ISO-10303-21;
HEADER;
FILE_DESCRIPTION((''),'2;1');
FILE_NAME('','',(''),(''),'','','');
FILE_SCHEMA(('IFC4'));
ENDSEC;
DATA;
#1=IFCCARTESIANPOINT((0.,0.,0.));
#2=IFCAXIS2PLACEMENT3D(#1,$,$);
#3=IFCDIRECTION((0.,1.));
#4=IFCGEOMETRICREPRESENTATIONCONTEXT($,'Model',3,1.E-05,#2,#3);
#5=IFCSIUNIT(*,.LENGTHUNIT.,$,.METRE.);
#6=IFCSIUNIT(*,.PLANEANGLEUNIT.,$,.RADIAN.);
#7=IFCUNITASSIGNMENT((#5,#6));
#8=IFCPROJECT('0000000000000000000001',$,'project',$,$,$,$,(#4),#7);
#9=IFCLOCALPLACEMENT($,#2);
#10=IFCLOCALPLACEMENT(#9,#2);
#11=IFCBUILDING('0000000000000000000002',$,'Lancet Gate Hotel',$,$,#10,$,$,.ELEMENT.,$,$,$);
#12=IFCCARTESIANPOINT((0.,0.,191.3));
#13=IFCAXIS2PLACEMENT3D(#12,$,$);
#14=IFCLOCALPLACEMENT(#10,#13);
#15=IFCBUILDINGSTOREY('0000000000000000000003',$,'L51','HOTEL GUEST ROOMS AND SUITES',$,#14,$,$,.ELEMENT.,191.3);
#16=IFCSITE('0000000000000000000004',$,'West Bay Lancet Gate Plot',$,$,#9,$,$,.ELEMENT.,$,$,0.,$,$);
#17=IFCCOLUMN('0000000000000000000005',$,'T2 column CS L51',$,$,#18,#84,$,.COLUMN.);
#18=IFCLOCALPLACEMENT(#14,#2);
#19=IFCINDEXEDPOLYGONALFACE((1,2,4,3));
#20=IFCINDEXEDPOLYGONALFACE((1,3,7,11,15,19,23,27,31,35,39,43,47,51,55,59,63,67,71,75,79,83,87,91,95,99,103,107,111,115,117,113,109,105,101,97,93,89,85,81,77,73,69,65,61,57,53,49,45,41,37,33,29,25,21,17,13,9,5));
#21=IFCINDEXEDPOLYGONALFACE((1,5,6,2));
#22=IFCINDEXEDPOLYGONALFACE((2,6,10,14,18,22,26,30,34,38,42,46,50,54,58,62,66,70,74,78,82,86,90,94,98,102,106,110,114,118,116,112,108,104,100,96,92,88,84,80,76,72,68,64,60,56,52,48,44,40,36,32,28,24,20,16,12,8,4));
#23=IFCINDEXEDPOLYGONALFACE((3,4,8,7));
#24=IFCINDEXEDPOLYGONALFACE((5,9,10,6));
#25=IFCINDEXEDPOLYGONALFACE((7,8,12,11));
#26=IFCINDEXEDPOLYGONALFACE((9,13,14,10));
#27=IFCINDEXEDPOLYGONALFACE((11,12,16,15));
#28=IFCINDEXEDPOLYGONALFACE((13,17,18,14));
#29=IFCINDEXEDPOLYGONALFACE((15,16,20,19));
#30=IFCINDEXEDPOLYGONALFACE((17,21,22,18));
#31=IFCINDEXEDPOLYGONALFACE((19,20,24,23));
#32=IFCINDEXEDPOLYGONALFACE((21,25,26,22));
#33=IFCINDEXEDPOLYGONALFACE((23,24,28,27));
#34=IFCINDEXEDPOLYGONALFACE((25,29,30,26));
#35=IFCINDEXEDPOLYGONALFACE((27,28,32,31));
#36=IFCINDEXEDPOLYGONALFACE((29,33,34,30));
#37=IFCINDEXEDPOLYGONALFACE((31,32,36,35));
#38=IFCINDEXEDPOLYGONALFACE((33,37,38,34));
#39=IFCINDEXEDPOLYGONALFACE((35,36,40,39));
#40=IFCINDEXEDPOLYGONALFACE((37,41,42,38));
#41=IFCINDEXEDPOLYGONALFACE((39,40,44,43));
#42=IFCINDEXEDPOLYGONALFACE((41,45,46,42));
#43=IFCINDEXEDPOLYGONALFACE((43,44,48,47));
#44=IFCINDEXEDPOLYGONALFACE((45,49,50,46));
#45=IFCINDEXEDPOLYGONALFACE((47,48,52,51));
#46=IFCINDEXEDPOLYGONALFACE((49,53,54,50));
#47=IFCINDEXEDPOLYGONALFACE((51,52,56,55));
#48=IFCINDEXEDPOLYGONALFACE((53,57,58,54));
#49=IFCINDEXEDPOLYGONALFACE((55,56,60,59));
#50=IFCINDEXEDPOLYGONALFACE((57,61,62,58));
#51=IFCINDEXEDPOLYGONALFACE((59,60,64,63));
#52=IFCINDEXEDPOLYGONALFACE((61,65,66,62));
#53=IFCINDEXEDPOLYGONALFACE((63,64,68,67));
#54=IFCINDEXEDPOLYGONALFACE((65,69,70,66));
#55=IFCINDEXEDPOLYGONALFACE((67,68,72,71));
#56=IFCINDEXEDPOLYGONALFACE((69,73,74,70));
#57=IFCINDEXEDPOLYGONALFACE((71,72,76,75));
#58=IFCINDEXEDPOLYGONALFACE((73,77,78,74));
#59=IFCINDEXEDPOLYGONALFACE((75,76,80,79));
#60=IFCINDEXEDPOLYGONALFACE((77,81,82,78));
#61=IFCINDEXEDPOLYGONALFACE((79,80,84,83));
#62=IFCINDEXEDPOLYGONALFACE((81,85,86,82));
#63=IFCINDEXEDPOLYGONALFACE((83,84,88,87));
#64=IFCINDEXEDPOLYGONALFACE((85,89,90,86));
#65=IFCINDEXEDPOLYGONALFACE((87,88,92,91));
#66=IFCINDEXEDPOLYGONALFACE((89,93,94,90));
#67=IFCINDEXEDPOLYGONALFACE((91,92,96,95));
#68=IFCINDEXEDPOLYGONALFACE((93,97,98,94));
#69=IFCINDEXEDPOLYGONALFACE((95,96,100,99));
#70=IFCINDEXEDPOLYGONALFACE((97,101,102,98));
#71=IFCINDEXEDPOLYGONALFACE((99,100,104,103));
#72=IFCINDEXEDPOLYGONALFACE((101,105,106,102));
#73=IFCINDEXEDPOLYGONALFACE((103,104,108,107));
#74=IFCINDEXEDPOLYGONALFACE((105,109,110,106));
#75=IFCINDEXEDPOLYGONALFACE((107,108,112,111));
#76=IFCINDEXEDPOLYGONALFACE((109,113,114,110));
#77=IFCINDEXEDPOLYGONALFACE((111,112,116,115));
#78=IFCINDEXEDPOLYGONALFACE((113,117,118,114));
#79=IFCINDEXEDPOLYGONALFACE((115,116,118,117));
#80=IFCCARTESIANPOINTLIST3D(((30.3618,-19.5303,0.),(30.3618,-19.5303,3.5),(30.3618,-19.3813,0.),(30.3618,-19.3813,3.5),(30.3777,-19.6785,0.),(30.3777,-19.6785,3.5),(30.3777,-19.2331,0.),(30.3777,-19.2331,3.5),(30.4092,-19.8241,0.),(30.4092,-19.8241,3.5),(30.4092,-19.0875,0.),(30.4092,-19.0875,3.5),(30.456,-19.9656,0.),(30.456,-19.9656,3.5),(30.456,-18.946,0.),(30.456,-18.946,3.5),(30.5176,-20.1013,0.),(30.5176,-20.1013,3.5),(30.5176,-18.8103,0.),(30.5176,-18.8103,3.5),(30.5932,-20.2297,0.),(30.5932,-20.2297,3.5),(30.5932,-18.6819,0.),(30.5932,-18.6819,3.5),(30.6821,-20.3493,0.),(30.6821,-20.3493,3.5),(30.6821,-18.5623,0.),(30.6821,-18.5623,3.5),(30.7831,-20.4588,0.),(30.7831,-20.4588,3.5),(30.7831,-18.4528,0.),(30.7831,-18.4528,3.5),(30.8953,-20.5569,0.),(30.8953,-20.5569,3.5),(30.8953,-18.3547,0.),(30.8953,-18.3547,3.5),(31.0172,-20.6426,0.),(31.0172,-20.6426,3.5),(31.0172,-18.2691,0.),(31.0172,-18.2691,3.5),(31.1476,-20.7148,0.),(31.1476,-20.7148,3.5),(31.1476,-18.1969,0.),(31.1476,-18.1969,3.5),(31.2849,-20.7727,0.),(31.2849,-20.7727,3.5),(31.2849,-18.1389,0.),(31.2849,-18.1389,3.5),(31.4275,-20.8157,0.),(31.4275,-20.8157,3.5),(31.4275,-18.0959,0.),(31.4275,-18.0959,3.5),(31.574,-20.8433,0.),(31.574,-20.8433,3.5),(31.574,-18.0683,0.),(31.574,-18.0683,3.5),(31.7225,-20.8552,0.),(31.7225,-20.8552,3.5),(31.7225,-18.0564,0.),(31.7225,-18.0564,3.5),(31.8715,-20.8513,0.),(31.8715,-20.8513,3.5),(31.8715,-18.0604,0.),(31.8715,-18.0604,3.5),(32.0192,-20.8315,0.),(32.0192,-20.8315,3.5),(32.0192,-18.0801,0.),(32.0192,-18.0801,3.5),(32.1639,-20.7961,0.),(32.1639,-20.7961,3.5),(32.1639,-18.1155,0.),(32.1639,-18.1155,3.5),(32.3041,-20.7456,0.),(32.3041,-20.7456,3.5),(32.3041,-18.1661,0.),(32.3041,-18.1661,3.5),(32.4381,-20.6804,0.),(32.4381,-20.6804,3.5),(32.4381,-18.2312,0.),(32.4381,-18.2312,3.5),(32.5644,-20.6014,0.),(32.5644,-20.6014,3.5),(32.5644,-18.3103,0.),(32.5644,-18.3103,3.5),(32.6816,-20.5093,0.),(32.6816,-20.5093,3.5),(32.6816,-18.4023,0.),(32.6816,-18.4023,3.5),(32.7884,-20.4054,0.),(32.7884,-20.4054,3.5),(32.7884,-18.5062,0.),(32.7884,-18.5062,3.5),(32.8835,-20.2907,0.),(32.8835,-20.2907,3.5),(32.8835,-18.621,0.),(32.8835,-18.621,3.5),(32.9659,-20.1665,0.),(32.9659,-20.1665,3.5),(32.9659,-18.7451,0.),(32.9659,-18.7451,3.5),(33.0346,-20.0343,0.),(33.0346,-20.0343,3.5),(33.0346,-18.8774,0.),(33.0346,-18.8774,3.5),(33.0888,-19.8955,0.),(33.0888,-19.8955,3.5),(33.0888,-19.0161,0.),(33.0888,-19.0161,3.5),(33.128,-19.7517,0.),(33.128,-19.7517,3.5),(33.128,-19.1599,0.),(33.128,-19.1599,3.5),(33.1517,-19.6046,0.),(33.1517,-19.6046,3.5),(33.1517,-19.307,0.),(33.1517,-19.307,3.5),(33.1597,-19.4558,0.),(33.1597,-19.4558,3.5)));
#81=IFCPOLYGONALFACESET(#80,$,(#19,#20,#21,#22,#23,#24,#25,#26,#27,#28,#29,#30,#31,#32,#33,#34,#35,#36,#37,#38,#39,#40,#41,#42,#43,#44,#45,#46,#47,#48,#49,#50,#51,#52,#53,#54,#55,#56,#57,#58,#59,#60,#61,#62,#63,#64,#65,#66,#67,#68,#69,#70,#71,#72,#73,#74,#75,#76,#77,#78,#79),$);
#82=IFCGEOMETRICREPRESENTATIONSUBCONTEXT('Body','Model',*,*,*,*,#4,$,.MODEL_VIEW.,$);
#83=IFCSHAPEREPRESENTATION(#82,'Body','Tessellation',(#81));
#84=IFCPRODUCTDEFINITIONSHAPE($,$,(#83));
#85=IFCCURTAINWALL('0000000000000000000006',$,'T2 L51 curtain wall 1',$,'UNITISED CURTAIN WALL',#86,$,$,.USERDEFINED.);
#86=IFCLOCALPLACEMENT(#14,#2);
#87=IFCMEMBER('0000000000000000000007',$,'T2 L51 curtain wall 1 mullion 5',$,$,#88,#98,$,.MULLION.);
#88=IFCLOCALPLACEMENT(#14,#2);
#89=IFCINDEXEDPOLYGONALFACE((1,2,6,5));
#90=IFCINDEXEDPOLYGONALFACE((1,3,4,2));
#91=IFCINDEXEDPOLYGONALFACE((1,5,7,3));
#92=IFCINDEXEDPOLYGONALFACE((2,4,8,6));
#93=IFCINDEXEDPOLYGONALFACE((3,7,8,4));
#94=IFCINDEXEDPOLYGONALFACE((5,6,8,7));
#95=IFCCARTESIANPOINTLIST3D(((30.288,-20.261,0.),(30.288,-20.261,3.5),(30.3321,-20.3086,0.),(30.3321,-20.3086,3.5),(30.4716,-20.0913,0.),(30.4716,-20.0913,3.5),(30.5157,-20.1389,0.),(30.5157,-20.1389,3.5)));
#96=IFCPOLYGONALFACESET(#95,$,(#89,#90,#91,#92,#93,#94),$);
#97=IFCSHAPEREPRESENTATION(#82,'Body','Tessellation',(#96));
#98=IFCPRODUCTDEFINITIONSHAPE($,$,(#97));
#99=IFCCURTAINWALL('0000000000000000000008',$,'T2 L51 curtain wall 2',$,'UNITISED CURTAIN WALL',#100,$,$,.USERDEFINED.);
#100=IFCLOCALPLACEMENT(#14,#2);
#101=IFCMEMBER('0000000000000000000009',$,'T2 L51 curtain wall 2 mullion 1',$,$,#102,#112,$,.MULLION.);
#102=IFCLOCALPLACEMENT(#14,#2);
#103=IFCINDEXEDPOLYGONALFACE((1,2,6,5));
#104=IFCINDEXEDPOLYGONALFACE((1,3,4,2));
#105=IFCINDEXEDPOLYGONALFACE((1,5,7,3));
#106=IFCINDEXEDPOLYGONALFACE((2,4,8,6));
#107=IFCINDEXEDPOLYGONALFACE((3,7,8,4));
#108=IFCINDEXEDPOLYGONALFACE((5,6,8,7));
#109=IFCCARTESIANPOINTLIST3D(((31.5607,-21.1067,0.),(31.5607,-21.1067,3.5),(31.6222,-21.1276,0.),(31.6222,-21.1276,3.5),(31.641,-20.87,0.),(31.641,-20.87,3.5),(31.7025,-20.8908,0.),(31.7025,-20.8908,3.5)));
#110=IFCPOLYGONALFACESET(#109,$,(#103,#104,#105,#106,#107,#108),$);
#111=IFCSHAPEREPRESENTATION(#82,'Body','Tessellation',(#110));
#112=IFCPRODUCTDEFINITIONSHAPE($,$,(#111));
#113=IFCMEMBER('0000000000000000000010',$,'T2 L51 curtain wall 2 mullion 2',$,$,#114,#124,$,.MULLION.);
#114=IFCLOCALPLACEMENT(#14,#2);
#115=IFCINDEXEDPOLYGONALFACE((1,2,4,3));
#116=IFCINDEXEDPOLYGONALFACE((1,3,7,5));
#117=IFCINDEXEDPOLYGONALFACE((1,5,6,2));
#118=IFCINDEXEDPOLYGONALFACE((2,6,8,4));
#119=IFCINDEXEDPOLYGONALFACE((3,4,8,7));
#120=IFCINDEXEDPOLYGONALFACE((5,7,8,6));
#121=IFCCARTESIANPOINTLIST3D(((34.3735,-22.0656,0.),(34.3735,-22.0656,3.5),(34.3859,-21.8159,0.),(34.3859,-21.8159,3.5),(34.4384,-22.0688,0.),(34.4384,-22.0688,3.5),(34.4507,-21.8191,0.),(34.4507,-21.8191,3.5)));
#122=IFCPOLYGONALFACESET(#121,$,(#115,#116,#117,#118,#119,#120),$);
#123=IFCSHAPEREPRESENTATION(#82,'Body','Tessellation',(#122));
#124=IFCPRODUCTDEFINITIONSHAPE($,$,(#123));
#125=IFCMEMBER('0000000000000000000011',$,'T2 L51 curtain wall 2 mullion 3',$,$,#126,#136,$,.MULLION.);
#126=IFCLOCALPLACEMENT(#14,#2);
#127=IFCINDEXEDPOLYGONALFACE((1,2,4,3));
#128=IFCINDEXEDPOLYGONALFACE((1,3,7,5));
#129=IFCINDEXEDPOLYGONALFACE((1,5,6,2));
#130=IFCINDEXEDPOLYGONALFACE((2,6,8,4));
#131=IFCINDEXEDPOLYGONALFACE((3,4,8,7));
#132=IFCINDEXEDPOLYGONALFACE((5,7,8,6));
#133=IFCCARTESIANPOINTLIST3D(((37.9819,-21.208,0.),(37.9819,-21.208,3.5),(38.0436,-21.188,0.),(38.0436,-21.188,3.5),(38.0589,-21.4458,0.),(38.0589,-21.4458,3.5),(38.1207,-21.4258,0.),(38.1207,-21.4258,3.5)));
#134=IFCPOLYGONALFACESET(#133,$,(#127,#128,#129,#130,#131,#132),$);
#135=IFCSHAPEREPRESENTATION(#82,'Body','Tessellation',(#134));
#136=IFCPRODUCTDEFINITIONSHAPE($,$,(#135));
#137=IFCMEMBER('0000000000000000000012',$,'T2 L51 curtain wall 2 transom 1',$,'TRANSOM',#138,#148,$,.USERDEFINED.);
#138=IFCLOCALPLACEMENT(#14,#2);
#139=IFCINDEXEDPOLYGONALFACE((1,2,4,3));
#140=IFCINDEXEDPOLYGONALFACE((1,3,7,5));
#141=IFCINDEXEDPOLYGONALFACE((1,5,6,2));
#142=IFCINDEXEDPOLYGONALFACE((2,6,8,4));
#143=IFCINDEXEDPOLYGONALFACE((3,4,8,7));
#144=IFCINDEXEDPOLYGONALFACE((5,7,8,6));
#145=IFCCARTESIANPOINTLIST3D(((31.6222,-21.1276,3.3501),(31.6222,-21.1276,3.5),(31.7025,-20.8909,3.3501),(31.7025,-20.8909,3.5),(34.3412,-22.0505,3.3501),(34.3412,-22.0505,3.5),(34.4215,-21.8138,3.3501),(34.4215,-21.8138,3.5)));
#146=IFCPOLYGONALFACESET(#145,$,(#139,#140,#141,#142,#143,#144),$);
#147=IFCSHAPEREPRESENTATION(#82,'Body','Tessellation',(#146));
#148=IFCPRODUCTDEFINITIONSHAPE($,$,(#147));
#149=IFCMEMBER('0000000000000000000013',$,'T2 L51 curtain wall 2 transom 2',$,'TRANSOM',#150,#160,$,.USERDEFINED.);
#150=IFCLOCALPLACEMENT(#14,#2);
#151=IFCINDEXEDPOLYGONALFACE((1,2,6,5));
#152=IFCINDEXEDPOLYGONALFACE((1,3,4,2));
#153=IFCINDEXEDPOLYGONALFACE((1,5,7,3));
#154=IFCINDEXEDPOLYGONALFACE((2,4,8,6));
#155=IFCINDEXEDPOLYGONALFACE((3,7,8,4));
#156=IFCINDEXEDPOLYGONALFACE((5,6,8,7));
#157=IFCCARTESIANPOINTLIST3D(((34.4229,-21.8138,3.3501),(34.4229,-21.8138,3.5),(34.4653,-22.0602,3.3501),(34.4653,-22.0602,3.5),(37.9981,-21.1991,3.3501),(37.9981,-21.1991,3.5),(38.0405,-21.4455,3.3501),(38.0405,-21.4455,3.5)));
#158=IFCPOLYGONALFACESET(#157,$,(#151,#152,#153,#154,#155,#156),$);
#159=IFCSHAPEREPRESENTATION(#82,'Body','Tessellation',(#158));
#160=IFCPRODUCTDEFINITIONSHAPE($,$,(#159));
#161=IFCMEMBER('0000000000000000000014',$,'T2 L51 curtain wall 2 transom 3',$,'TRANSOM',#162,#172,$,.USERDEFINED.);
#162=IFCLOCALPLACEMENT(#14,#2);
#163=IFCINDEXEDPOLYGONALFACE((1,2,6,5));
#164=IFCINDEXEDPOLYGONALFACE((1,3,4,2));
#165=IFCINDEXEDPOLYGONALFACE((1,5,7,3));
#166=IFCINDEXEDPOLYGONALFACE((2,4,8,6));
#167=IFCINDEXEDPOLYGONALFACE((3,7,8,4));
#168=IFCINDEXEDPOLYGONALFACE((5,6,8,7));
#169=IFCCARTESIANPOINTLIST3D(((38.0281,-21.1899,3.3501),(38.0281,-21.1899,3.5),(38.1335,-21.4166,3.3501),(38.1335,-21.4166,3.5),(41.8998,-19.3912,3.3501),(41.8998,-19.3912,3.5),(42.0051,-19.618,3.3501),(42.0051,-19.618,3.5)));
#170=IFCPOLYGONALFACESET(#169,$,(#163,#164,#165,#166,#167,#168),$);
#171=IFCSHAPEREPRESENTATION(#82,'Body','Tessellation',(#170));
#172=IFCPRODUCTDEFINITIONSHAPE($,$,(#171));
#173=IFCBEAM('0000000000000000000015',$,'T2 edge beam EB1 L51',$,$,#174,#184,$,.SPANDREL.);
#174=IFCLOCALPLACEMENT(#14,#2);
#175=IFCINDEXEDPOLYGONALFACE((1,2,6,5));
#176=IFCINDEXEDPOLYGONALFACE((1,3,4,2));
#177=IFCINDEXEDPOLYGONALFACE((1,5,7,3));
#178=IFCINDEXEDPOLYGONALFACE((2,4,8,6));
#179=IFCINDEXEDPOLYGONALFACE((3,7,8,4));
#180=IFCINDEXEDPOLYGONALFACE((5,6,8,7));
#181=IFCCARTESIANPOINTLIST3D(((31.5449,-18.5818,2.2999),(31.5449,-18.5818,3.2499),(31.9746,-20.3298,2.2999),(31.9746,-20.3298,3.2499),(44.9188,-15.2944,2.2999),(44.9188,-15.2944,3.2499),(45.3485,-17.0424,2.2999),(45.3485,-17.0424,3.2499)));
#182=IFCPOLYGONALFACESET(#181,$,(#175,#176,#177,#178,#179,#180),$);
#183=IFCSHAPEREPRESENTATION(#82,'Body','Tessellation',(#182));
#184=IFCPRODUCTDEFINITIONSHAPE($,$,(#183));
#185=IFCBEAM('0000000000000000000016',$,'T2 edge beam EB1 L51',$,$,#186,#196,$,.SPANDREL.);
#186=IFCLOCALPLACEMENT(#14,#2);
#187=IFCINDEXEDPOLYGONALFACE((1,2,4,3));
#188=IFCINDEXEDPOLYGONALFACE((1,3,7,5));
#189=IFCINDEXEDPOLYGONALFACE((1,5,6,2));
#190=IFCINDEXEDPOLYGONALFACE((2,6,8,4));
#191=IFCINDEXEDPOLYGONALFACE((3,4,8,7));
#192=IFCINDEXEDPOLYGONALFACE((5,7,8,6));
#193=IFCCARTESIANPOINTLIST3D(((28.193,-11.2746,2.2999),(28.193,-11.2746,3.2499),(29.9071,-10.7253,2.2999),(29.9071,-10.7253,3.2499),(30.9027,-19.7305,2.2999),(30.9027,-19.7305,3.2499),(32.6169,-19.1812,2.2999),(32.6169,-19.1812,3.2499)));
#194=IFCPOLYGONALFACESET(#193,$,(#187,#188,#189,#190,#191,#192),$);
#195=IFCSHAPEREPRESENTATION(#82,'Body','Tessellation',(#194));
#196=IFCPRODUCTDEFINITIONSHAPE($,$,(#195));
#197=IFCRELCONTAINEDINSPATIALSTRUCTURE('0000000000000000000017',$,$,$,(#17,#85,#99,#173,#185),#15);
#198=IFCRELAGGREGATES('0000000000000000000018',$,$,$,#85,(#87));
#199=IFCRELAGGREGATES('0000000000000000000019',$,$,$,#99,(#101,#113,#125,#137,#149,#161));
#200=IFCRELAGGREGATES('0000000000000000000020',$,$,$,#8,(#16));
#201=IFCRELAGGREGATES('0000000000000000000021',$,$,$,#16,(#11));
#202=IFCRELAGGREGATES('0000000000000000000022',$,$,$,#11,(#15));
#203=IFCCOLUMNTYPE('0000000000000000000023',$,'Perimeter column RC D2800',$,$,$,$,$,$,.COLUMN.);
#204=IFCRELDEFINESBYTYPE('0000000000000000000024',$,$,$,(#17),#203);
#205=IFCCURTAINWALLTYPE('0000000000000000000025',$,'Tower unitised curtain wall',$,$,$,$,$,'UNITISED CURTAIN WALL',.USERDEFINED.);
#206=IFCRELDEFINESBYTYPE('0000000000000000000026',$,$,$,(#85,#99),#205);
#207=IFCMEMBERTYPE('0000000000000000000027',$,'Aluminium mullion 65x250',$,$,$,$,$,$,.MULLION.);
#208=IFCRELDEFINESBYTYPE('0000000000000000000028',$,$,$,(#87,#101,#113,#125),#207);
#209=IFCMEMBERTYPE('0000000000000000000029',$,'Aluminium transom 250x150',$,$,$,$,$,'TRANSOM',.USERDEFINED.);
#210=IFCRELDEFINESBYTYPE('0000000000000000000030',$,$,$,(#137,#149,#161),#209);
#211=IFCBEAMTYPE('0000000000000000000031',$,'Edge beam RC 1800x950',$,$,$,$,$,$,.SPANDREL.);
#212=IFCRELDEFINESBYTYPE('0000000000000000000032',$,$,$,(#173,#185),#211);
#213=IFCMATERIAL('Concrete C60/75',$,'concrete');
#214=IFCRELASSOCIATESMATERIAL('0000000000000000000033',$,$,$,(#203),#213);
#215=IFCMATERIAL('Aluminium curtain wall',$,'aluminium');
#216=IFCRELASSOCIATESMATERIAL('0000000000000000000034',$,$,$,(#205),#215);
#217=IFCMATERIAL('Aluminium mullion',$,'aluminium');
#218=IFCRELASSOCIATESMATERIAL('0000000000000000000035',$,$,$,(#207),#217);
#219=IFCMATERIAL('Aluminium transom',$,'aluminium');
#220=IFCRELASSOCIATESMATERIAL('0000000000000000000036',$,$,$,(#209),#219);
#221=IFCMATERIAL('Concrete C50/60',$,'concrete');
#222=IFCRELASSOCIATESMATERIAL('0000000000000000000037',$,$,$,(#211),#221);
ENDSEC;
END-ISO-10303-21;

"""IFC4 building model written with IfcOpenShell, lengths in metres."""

from ifc_helpers import new_model, si_unit, direction, frame, origin, origin_2d, place, context, subcontext, project, spatial, rectangle, circle, extrude, material, material_profile, profile_set, type_object, element, aggregate, save


model = new_model("IFC4")

# Units and contexts
model_context = context("Model", 3, precision=1e-05, world=origin(), true_north=direction((0.0, 1.0)))
body_context = subcontext(model_context, "Body", "Model", "MODEL_VIEW")
ifc_project = project(units=[si_unit("LENGTHUNIT", "METRE"), si_unit("PLANEANGLEUNIT", "RADIAN")], contexts=[model_context])

# Site, building, storey
site_placement = place(None, origin())
site = spatial("IfcSite", under=ifc_project, at=site_placement, Name="West Bay Lancet Gate Plot", CompositionType="ELEMENT", RefElevation=0.0)
building_placement = place(site_placement, origin())
building = spatial("IfcBuilding", under=site, at=building_placement, Name="Lancet Gate Hotel", CompositionType="ELEMENT")
storey_placement = place(building_placement, frame((0.0, 0.0, 191.3)))
storey = spatial("IfcBuildingStorey", under=building, at=storey_placement, Name="L51", Description="HOTEL GUEST ROOMS AND SUITES", CompositionType="ELEMENT", Elevation=191.3)

# Column
ifc_material_1 = material(Name="Concrete C60/75", Category="concrete")
ifc_material_profile_1 = material_profile(ifc_material_1, circle(Radius=1.3999, at=origin_2d()), Name="RC D2800")
ifc_profile_set_1 = profile_set([ifc_material_profile_1], Name="Concrete C60/75")
column_type = type_object("IfcColumnType", Name="Perimeter column RC D2800", PredefinedType="COLUMN", material=ifc_profile_set_1)
column_placement = place(storey_placement, frame((31.7598, -19.4558, 0.0), z_axis=(0.0, 0.0, 1.0), x_axis=(1.0, 0.0, 0.0)))
element("IfcColumn", 1, at=column_placement, inside=storey, type_object=column_type, Name="T2 column CS L51", PredefinedType="COLUMN", context=body_context, shape_type="SweptSolid", body=[
    extrude(circle(Radius=1.3999, at=origin_2d()), origin(), (0.0, 0.0, 1.0), 3.5),
])

# Curtain wall, member
ifc_material_2 = material(Name="Aluminium curtain wall", Category="aluminium")
curtain_wall_type = type_object("IfcCurtainWallType", Name="Tower unitised curtain wall", ElementType="UNITISED CURTAIN WALL", PredefinedType="USERDEFINED", material=ifc_material_2)
curtain_wall_1_placement = place(storey_placement, origin())
curtain_wall_1 = element("IfcCurtainWall", 2, at=curtain_wall_1_placement, inside=storey, type_object=curtain_wall_type, Name="T2 L51 curtain wall 1", ObjectType="UNITISED CURTAIN WALL", PredefinedType="USERDEFINED")
ifc_material_3 = material(Name="Aluminium mullion", Category="aluminium")
ifc_material_profile_2 = material_profile(ifc_material_3, rectangle(XDim=0.0649, YDim=0.25, at=origin_2d()), Name="MULLION 65x250")
ifc_profile_set_2 = profile_set([ifc_material_profile_2], Name="Aluminium mullion")
member_type_1 = type_object("IfcMemberType", Name="Aluminium mullion 65x250", PredefinedType="MULLION", material=ifc_profile_set_2)
member_1_placement = place(storey_placement, frame((30.4019, -20.2, 0.0), z_axis=(0.0, 0.0, 1.0), x_axis=(0.678831, -0.734294, 0.0)))
member_1 = element("IfcMember", 3, at=member_1_placement, type_object=member_type_1, Name="T2 L51 curtain wall 1 mullion 5", PredefinedType="MULLION", context=body_context, shape_type="SweptSolid", body=[
    extrude(rectangle(XDim=0.0649, YDim=0.25, at=origin_2d()), origin(), (0.0, 0.0, 1.0), 3.5),
])
aggregate(curtain_wall_1, [member_1])

# Curtain wall, members
curtain_wall_2_placement = place(storey_placement, origin())
curtain_wall_2 = element("IfcCurtainWall", 4, at=curtain_wall_2_placement, inside=storey, type_object=curtain_wall_type, Name="T2 L51 curtain wall 2", ObjectType="UNITISED CURTAIN WALL", PredefinedType="USERDEFINED")
member_2_placement = place(storey_placement, frame((31.6316, -20.9988, 0.0), z_axis=(0.0, 0.0, 1.0), x_axis=(0.946952, -0.321374, 0.0)))
member_2 = element("IfcMember", 5, at=member_2_placement, type_object=member_type_1, Name="T2 L51 curtain wall 2 mullion 1", PredefinedType="MULLION", context=body_context, shape_type="SweptSolid", body=[
    extrude(rectangle(XDim=0.0649, YDim=0.25, at=origin_2d()), origin(), (0.0, 0.0, 1.0), 3.5),
])
member_3_placement = place(storey_placement, frame((34.4121, -21.9424, 0.0), z_axis=(0.0, 0.0, 1.0), x_axis=(0.998776, -0.049471, 0.0)))
member_3 = element("IfcMember", 6, at=member_3_placement, type_object=member_type_1, Name="T2 L51 curtain wall 2 mullion 2", PredefinedType="MULLION", context=body_context, shape_type="SweptSolid", body=[
    extrude(rectangle(XDim=0.0649, YDim=0.25, at=origin_2d()), origin(), (0.0, 0.0, 1.0), 3.5),
])
member_4_placement = place(storey_placement, frame((38.0513, -21.3169, 0.0), z_axis=(0.0, 0.0, 1.0), x_axis=(0.951355, 0.308095, 0.0)))
member_4 = element("IfcMember", 7, at=member_4_placement, type_object=member_type_1, Name="T2 L51 curtain wall 2 mullion 3", PredefinedType="MULLION", context=body_context, shape_type="SweptSolid", body=[
    extrude(rectangle(XDim=0.0649, YDim=0.25, at=origin_2d()), origin(), (0.0, 0.0, 1.0), 3.5),
])
ifc_material_4 = material(Name="Aluminium transom", Category="aluminium")
ifc_material_profile_3 = material_profile(ifc_material_4, rectangle(XDim=0.25, YDim=0.1499, at=origin_2d()), Name="TRANSOM 250x150")
ifc_profile_set_3 = profile_set([ifc_material_profile_3], Name="Aluminium transom")
member_type_2 = type_object("IfcMemberType", Name="Aluminium transom 250x150", ElementType="TRANSOM", PredefinedType="USERDEFINED", material=ifc_profile_set_3)
member_5_placement = place(storey_placement, frame((31.6624, -21.0093, 3.425), z_axis=(0.946943, -0.321401, 0.0), x_axis=(0.321401, 0.946943, 0.0)))
member_5 = element("IfcMember", 8, at=member_5_placement, type_object=member_type_2, Name="T2 L51 curtain wall 2 transom 1", ObjectType="TRANSOM", PredefinedType="USERDEFINED", context=body_context, shape_type="SweptSolid", body=[
    extrude(rectangle(XDim=0.25, YDim=0.1499, at=origin_2d()), origin(), (0.0, 0.0, 1.0), 2.8713),
])
member_6_placement = place(storey_placement, frame((34.4441, -21.937, 3.425), z_axis=(0.985537, 0.169461, 0.0), x_axis=(-0.169461, 0.985537, 0.0)))
member_6 = element("IfcMember", 9, at=member_6_placement, type_object=member_type_2, Name="T2 L51 curtain wall 2 transom 2", ObjectType="TRANSOM", PredefinedType="USERDEFINED", context=body_context, shape_type="SweptSolid", body=[
    extrude(rectangle(XDim=0.25, YDim=0.1499, at=origin_2d()), origin(), (0.0, 0.0, 1.0), 3.6277),
])
member_7_placement = place(storey_placement, frame((38.0808, -21.3032, 3.425), z_axis=(0.906914, 0.421316, 0.0), x_axis=(-0.421316, 0.906914, 0.0)))
member_7 = element("IfcMember", 10, at=member_7_placement, type_object=member_type_2, Name="T2 L51 curtain wall 2 transom 3", ObjectType="TRANSOM", PredefinedType="USERDEFINED", context=body_context, shape_type="SweptSolid", body=[
    extrude(rectangle(XDim=0.25, YDim=0.1499, at=origin_2d()), origin(), (0.0, 0.0, 1.0), 4.269),
])

# Beams
ifc_material_5 = material(Name="Concrete C50/60", Category="concrete")
ifc_material_profile_4 = material_profile(ifc_material_5, rectangle(XDim=1.8, YDim=0.95, at=origin_2d()), Name="RC 1800x950")
ifc_profile_set_4 = profile_set([ifc_material_profile_4], Name="Concrete C50/60")
beam_type_1 = type_object("IfcBeamType", Name="Edge beam RC 1800x950", PredefinedType="SPANDREL", material=ifc_profile_set_4)
beam_1_placement = place(storey_placement, frame((31.7598, -19.4558, 2.7749), z_axis=(0.971093, 0.2387, 0.0), x_axis=(-0.2387, 0.971093, 0.0)))
element("IfcBeam", 11, at=beam_1_placement, inside=storey, type_object=beam_type_1, Name="T2 edge beam EB1 L51", PredefinedType="SPANDREL", context=body_context, shape_type="SweptSolid", body=[
    extrude(rectangle(XDim=1.8, YDim=0.95, at=origin_2d()), origin(), (0.0, 0.0, 1.0), 13.772),
])
beam_2_placement = place(storey_placement, frame((31.7598, -19.4558, 2.7749), z_axis=(-0.30517, 0.952298, 0.0), x_axis=(-0.952298, -0.30517, 0.0)))
element("IfcBeam", 12, at=beam_2_placement, inside=storey, type_object=beam_type_1, Name="T2 edge beam EB1 L51", PredefinedType="SPANDREL", context=body_context, shape_type="SweptSolid", body=[
    extrude(rectangle(XDim=1.8, YDim=0.95, at=origin_2d()), origin(), (0.0, 0.0, 1.0), 8.8794),
])

aggregate(curtain_wall_2, [member_2, member_3, member_4, member_5, member_6, member_7])

save(model, "model.ifc")
